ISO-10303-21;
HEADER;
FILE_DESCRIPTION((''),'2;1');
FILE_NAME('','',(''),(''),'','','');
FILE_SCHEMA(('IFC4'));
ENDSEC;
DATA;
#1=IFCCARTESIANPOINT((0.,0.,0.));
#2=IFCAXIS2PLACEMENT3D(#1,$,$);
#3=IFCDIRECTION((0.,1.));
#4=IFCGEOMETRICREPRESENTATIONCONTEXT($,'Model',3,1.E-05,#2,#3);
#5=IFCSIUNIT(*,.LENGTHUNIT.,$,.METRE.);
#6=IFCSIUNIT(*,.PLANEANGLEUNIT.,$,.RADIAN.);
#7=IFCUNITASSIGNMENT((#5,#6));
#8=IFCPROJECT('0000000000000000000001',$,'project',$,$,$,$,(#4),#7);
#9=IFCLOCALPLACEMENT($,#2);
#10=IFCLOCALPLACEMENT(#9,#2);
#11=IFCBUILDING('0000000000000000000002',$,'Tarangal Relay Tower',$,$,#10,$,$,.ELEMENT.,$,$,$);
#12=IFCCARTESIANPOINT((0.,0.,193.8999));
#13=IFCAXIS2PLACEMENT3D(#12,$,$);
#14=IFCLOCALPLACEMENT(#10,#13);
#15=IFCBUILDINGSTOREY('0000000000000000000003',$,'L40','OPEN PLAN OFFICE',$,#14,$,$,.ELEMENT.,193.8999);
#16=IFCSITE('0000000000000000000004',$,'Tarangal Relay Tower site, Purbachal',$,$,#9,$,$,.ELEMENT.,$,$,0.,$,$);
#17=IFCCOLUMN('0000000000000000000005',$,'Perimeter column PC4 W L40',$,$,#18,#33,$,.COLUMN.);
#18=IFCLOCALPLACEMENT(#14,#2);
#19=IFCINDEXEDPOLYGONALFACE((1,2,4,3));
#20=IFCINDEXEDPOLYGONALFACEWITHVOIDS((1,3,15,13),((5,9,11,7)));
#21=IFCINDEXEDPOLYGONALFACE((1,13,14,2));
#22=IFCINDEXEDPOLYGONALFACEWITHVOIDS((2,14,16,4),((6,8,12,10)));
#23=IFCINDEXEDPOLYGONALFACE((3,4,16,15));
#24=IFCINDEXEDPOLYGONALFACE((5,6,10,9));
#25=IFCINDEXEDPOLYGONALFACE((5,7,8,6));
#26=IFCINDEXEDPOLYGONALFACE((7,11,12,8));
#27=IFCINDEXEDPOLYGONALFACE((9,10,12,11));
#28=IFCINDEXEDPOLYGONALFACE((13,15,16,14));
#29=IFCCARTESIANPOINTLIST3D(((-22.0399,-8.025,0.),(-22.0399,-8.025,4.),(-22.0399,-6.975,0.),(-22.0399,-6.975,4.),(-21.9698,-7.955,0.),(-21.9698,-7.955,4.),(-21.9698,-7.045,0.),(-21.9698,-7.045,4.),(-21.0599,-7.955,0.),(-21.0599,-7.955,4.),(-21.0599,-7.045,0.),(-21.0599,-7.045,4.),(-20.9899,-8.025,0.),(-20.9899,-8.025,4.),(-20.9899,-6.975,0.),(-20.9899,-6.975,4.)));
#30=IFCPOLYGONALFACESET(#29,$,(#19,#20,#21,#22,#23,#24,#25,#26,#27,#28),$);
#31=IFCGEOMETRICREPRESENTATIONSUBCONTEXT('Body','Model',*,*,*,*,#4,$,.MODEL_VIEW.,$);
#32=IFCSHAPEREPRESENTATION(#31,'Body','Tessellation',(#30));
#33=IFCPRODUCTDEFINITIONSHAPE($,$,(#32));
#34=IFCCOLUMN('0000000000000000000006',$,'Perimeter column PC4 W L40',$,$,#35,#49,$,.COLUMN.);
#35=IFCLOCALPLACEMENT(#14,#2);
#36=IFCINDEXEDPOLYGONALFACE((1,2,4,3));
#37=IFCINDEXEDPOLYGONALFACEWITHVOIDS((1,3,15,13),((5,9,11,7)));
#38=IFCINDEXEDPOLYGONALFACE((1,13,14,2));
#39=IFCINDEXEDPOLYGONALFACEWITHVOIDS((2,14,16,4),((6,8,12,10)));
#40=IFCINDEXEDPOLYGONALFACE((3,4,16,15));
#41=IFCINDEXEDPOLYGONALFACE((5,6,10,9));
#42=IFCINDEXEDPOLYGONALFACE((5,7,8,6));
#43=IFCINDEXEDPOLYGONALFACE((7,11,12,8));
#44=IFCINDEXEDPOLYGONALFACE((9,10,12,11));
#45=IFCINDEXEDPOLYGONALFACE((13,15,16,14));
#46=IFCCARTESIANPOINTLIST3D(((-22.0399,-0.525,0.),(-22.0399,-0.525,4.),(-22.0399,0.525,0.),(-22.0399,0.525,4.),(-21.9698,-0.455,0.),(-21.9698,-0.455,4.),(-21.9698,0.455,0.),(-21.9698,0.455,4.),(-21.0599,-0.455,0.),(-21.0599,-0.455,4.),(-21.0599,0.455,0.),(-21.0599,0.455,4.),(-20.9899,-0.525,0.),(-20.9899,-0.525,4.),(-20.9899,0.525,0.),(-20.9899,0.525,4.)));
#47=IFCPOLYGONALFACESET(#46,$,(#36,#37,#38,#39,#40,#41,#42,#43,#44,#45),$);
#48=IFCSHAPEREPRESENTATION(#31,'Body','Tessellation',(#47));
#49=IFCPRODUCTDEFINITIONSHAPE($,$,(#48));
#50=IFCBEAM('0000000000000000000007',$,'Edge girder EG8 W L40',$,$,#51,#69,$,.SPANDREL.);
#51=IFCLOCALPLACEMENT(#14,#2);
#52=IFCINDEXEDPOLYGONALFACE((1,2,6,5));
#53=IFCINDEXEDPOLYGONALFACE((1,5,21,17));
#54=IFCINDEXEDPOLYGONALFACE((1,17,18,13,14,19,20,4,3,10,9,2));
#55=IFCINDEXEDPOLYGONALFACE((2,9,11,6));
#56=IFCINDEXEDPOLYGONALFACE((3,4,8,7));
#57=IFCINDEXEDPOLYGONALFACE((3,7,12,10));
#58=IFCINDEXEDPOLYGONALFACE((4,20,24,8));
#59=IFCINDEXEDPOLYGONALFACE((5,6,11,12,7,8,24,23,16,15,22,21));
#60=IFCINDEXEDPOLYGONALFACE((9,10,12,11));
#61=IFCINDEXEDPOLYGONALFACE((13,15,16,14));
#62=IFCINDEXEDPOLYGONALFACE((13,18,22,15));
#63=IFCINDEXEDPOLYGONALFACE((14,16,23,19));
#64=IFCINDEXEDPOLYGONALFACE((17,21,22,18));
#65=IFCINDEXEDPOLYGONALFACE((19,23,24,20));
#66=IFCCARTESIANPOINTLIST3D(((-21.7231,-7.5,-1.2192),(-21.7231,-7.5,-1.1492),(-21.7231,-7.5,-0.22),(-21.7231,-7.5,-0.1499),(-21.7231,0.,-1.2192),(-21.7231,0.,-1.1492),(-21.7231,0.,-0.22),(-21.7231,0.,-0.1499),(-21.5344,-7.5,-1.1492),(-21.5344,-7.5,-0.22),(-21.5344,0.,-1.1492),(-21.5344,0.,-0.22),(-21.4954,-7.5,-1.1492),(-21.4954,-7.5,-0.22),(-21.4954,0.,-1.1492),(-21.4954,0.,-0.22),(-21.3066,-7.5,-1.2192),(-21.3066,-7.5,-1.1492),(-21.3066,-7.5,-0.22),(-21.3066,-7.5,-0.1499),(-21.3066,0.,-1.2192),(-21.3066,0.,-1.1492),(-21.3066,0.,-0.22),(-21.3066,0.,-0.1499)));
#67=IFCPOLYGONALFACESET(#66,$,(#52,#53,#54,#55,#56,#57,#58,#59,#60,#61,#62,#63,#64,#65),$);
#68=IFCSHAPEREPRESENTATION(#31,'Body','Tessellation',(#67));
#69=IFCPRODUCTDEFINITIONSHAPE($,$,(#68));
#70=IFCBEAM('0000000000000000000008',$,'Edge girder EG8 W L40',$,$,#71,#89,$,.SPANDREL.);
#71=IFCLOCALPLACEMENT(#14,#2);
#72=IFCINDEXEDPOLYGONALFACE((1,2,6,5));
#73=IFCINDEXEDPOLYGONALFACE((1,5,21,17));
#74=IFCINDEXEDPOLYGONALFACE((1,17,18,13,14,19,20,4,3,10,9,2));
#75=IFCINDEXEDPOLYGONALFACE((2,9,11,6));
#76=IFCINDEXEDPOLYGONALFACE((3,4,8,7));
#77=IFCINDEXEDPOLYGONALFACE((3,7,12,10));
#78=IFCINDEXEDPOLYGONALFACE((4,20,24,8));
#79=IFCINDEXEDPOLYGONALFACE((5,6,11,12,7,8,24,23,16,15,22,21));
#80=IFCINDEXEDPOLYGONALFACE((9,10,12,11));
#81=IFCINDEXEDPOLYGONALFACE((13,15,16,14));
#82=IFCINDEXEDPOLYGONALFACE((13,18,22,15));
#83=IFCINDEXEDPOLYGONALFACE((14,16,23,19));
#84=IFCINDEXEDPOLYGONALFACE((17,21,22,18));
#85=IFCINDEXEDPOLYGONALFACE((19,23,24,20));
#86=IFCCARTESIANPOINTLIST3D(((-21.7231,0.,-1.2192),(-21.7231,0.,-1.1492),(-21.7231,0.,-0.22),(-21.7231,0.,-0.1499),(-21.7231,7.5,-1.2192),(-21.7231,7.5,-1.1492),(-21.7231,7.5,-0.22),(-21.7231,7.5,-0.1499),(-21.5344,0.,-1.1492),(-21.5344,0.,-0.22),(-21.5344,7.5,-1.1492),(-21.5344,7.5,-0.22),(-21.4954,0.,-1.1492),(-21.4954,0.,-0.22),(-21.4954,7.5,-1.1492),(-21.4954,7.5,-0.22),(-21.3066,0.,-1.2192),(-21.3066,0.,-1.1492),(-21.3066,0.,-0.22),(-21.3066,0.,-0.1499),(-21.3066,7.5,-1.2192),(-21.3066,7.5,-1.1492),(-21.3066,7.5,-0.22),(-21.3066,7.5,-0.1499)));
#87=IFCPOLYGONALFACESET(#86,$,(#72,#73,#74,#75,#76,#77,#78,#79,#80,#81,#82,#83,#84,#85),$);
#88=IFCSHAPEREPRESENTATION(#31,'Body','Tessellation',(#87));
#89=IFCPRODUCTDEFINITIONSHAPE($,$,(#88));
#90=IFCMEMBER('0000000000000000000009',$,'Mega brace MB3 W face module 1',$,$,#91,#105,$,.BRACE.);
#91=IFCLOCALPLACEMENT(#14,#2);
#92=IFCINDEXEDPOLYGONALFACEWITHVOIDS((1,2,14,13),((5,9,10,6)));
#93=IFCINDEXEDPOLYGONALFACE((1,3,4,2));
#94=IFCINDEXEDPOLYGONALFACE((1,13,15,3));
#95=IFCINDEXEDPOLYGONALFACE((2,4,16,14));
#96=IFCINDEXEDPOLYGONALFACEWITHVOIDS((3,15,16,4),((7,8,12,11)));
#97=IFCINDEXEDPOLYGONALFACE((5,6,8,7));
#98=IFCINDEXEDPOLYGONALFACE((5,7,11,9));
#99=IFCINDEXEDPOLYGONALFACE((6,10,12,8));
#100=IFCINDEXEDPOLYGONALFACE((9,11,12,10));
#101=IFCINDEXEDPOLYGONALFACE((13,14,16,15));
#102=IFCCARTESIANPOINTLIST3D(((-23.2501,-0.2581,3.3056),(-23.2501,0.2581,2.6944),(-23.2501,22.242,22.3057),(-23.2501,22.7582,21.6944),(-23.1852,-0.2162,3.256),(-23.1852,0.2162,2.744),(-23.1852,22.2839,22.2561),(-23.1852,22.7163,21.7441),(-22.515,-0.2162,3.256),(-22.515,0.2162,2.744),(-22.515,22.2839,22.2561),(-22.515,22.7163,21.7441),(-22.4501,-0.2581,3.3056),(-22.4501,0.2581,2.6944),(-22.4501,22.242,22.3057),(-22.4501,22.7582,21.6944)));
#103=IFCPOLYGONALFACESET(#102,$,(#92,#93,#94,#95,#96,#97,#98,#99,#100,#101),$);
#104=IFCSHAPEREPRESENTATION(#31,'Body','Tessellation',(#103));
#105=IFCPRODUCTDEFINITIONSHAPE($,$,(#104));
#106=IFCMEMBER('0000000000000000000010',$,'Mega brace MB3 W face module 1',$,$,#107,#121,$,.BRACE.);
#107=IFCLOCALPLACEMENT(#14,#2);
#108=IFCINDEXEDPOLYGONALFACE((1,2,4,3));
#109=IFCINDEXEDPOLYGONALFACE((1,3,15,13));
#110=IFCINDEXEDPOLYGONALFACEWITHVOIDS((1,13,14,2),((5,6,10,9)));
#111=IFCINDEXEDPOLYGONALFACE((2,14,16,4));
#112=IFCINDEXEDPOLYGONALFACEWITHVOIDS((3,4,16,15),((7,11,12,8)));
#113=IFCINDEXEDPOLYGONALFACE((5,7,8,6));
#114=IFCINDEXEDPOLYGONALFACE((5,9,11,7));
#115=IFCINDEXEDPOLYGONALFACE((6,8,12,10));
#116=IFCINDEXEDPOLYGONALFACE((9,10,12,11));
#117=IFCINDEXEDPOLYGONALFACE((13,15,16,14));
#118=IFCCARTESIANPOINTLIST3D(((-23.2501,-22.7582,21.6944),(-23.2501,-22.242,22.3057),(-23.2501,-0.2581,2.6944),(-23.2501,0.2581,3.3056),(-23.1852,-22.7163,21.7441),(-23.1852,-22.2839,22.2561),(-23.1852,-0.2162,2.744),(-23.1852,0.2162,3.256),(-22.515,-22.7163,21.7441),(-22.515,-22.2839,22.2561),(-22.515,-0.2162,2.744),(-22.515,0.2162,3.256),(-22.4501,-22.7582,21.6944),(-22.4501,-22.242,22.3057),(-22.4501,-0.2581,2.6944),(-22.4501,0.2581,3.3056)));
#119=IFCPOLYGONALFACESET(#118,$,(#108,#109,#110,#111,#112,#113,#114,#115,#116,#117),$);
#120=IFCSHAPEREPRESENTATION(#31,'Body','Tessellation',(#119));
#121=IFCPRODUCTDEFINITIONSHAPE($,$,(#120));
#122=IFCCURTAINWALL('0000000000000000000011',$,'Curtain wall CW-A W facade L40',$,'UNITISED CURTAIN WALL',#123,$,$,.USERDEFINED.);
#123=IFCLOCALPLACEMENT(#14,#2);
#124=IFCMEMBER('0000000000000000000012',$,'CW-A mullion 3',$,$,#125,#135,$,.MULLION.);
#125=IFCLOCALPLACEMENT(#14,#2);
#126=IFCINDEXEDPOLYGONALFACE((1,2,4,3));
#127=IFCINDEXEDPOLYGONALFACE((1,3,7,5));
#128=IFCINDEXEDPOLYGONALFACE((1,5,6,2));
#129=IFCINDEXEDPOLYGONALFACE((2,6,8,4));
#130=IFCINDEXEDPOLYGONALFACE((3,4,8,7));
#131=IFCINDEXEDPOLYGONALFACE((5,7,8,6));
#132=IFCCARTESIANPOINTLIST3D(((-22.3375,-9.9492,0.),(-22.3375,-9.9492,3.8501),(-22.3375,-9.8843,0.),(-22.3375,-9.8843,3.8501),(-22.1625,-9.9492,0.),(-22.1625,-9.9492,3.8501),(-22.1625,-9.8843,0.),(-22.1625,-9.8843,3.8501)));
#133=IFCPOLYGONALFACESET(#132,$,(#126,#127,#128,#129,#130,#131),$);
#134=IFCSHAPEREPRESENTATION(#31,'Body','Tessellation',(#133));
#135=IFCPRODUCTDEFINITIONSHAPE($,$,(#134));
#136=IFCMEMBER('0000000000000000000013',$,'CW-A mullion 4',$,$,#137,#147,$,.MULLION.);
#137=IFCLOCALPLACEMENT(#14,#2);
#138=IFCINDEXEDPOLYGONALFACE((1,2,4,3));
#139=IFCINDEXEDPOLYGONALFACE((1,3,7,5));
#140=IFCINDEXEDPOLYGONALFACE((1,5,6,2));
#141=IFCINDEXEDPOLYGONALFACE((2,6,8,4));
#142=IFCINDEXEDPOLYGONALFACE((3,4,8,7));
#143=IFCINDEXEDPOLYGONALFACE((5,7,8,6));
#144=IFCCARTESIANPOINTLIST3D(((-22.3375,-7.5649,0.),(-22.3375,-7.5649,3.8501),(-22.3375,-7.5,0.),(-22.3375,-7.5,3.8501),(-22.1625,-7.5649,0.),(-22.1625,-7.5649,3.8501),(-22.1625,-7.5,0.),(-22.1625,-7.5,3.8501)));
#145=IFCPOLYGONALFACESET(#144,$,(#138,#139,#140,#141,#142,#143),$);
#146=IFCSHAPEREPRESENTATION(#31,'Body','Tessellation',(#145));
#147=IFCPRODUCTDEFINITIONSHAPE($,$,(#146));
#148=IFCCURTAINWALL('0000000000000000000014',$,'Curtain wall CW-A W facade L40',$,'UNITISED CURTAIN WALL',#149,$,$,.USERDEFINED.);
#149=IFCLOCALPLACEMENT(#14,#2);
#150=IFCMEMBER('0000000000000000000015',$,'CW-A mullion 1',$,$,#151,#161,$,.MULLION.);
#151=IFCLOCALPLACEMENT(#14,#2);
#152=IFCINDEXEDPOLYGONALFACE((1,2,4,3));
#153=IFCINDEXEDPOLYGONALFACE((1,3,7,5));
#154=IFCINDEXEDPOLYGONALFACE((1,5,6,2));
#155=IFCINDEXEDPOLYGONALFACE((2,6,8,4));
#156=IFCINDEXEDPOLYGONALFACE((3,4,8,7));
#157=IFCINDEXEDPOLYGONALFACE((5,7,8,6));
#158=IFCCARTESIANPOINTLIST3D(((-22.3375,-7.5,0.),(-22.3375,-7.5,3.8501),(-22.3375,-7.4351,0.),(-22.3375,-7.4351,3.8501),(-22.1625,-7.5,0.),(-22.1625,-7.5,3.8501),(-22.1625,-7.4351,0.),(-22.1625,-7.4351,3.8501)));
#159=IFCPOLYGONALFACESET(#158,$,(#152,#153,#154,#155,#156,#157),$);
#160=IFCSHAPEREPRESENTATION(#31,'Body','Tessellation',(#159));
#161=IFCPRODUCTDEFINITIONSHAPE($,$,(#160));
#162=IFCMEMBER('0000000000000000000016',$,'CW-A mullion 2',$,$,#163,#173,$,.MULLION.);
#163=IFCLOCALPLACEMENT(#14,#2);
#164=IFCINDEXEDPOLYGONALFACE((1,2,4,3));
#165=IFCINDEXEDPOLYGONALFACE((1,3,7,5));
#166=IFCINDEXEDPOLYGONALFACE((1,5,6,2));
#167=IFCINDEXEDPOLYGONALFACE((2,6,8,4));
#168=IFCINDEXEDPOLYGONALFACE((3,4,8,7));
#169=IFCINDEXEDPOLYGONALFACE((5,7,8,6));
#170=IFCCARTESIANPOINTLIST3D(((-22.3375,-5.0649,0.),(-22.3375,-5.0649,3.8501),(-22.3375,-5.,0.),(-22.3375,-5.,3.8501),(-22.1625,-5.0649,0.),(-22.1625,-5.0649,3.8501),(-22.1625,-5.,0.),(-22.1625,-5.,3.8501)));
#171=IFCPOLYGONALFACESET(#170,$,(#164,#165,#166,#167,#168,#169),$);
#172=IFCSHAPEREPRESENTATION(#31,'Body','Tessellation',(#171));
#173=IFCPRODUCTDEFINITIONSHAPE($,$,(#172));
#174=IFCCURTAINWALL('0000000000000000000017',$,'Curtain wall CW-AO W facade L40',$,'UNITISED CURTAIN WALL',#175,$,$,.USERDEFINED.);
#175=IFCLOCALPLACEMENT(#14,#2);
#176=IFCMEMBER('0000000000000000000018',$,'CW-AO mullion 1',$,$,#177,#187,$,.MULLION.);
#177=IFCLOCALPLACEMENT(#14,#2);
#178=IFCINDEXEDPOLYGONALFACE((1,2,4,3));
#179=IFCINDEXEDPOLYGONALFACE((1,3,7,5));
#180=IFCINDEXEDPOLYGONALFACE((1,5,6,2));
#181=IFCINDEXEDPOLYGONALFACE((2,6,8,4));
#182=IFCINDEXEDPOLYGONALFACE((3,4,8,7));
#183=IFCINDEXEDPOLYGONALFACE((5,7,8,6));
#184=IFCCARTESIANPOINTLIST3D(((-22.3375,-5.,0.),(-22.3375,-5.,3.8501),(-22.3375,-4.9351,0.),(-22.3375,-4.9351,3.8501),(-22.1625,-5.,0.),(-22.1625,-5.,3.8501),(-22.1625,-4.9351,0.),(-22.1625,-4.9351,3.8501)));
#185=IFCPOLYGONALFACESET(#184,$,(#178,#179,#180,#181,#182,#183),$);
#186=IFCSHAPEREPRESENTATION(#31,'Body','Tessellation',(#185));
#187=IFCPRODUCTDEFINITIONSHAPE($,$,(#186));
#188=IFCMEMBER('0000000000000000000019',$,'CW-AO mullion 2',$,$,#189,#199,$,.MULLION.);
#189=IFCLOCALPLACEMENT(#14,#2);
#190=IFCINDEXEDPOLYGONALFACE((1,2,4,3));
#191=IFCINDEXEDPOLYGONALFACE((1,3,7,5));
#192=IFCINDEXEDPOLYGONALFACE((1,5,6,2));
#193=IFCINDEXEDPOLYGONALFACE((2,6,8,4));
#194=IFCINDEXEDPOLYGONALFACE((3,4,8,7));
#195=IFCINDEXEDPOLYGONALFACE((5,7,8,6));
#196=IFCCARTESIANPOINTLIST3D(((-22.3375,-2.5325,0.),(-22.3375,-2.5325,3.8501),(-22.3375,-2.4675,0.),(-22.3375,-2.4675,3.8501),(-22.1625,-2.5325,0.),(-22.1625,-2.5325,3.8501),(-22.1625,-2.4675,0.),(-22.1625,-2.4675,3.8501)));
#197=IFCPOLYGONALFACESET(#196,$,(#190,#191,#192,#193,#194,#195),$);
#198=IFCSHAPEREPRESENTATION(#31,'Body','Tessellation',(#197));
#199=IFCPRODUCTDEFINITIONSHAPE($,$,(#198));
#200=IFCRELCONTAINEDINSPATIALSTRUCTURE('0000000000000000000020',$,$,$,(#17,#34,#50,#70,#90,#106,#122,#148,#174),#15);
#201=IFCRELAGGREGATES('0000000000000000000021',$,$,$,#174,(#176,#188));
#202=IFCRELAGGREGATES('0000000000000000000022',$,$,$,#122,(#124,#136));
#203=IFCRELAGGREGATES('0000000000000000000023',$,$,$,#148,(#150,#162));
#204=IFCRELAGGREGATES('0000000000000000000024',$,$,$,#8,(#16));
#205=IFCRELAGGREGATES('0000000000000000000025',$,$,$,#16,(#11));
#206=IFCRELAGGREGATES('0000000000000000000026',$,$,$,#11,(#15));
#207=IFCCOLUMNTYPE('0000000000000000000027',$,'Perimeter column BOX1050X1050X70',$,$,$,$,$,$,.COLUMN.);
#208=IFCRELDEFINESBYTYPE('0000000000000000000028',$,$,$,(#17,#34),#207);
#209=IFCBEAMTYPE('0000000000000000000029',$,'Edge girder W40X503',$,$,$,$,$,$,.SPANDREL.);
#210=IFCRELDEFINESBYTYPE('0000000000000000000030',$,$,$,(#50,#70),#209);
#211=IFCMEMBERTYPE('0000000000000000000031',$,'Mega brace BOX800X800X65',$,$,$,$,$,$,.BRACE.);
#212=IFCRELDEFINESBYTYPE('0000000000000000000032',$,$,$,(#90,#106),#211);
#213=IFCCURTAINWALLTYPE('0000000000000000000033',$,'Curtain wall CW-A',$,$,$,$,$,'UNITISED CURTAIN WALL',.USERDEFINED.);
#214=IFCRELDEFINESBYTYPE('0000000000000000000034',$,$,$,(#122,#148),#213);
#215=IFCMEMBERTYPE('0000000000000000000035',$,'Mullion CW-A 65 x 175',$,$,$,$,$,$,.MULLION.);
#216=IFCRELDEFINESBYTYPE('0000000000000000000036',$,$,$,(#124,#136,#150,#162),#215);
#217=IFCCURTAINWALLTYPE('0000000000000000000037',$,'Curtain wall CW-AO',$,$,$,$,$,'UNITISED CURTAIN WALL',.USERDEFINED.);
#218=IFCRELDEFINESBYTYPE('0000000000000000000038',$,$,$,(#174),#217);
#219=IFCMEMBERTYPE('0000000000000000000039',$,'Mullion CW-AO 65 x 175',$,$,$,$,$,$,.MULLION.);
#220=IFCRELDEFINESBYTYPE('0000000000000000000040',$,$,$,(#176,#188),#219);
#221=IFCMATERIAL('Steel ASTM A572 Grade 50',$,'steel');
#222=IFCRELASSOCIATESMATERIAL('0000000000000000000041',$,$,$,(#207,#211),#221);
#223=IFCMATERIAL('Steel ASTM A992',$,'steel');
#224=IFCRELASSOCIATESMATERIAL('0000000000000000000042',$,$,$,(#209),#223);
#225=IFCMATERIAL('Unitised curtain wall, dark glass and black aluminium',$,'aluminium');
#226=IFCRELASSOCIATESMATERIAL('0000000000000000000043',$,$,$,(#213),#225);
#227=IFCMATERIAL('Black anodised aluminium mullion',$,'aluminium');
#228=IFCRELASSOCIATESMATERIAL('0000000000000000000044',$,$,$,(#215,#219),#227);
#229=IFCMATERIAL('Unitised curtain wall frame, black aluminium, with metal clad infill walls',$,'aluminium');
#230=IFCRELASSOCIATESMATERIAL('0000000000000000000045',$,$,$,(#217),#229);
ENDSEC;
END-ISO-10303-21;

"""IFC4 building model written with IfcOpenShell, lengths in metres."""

from ifc_helpers import new_model, si_unit, direction, frame, origin, origin_2d, place, context, subcontext, project, spatial, rectangle, hollow_rectangle, i_section, extrude, material, material_profile, profile_set, type_object, element, aggregate, save


model = new_model("IFC4")

# Units and contexts
model_context = context("Model", 3, precision=1e-05, world=origin(), true_north=direction((0.0, 1.0)))
body_context = subcontext(model_context, "Body", "Model", "MODEL_VIEW")
ifc_project = project(units=[si_unit("LENGTHUNIT", "METRE"), si_unit("PLANEANGLEUNIT", "RADIAN")], contexts=[model_context])

# Site, building, storey
site_placement = place(None, origin())
site = spatial("IfcSite", under=ifc_project, at=site_placement, Name="Tarangal Relay Tower site, Purbachal", CompositionType="ELEMENT", RefElevation=0.0)
building_placement = place(site_placement, origin())
building = spatial("IfcBuilding", under=site, at=building_placement, Name="Tarangal Relay Tower", CompositionType="ELEMENT")
storey_placement = place(building_placement, frame((0.0, 0.0, 193.8999)))
storey = spatial("IfcBuildingStorey", under=building, at=storey_placement, Name="L40", Description="OPEN PLAN OFFICE", CompositionType="ELEMENT", Elevation=193.8999)

# Columns
ifc_material_1 = material(Name="Steel ASTM A572 Grade 50", Category="steel")
ifc_material_profile_1 = material_profile(ifc_material_1, hollow_rectangle(XDim=1.05, YDim=1.05, WallThickness=0.0701, at=origin_2d()), Name="BOX1050X1050X70")
ifc_profile_set_1 = profile_set([ifc_material_profile_1], Name="Steel ASTM A572 Grade 50")
column_type = type_object("IfcColumnType", Name="Perimeter column BOX1050X1050X70", PredefinedType="COLUMN", material=ifc_profile_set_1)
for number, where, z_axis, x_axis, name in (
    (1, (-21.5149, -7.5, 0.0), (0.0, 0.0, 1.0), (1.0, 0.0, 0.0), "Perimeter column PC4 W L40"),
    (2, (-21.5149, 0.0, 0.0), (0.0, 0.0, 1.0), (1.0, 0.0, 0.0), "Perimeter column PC4 W L40"),
):
    element("IfcColumn", number, at=place(storey_placement, frame(where, z_axis=z_axis, x_axis=x_axis)), inside=storey, type_object=column_type, Name=name, PredefinedType="COLUMN", context=body_context, shape_type="SweptSolid", body=[
        extrude(hollow_rectangle(XDim=1.05, YDim=1.05, WallThickness=0.0701, at=origin_2d()), origin(), (0.0, 0.0, 1.0), 4.0),
    ])

# Beams
ifc_material_2 = material(Name="Steel ASTM A992", Category="steel")
ifc_material_profile_2 = material_profile(ifc_material_2, i_section(OverallWidth=0.4165, OverallDepth=1.0693, WebThickness=0.0391, FlangeThickness=0.0701, at=origin_2d()), Name="W40X503")
ifc_profile_set_2 = profile_set([ifc_material_profile_2], Name="Steel ASTM A992")
beam_type = type_object("IfcBeamType", Name="Edge girder W40X503", PredefinedType="SPANDREL", material=ifc_profile_set_2)
for number, where, z_axis, x_axis, name in (
    (3, (-21.5149, -7.5, -0.6846), (0.0, 1.0, 0.0), (-1.0, 0.0, 0.0), "Edge girder EG8 W L40"),
    (4, (-21.5149, 0.0, -0.6846), (0.0, 1.0, 0.0), (-1.0, 0.0, 0.0), "Edge girder EG8 W L40"),
):
    element("IfcBeam", number, at=place(storey_placement, frame(where, z_axis=z_axis, x_axis=x_axis)), inside=storey, type_object=beam_type, Name=name, PredefinedType="SPANDREL", context=body_context, shape_type="SweptSolid", body=[
        extrude(i_section(OverallWidth=0.4165, OverallDepth=1.0693, WebThickness=0.0391, FlangeThickness=0.0701, at=origin_2d()), origin(), (0.0, 0.0, 1.0), 7.5),
    ])

# Members
ifc_material_profile_3 = material_profile(ifc_material_1, hollow_rectangle(XDim=0.8, YDim=0.8, WallThickness=0.0649, at=origin_2d()), Name="BOX800X800X65")
ifc_profile_set_3 = profile_set([ifc_material_profile_3], Name="Steel ASTM A572 Grade 50")
member_type_1 = type_object("IfcMemberType", Name="Mega brace BOX800X800X65", PredefinedType="BRACE", material=ifc_profile_set_3)
for number, where, z_axis, x_axis, name in (
    (5, (-22.8501, 0.0, 3.0), (0.0, 0.76403, 0.645181), (-1.0, 0.0, 0.0), "Mega brace MB3 W face module 1"),
    (6, (-22.8501, 0.0, 3.0), (0.0, -0.76403, 0.645181), (1.0, 0.0, 0.0), "Mega brace MB3 W face module 1"),
):
    element("IfcMember", number, at=place(storey_placement, frame(where, z_axis=z_axis, x_axis=x_axis)), inside=storey, type_object=member_type_1, Name=name, PredefinedType="BRACE", context=body_context, shape_type="SweptSolid", body=[
        extrude(hollow_rectangle(XDim=0.8, YDim=0.8, WallThickness=0.0649, at=origin_2d()), origin(), (0.0, 0.0, 1.0), 29.4492),
    ])

# Curtain walls, members
ifc_material_3 = material(Name="Unitised curtain wall, dark glass and black aluminium", Category="aluminium")
curtain_wall_type_1 = type_object("IfcCurtainWallType", Name="Curtain wall CW-A", ElementType="UNITISED CURTAIN WALL", PredefinedType="USERDEFINED", material=ifc_material_3)
curtain_wall_1_placement = place(storey_placement, origin())
curtain_wall_1 = element("IfcCurtainWall", 7, at=curtain_wall_1_placement, inside=storey, type_object=curtain_wall_type_1, Name="Curtain wall CW-A W facade L40", ObjectType="UNITISED CURTAIN WALL", PredefinedType="USERDEFINED")
ifc_material_4 = material(Name="Black anodised aluminium mullion", Category="aluminium")
ifc_material_profile_4 = material_profile(ifc_material_4, rectangle(XDim=0.175, YDim=0.0649, at=origin_2d()), Name="CW-AM 65X175")
ifc_profile_set_4 = profile_set([ifc_material_profile_4], Name="Black anodised aluminium mullion")
member_type_2 = type_object("IfcMemberType", Name="Mullion CW-A 65 x 175", PredefinedType="MULLION", material=ifc_profile_set_4)
member_1_placement = place(storey_placement, frame((-22.25, -9.9167, 0.0), z_axis=(0.0, 0.0, 1.0), x_axis=(-1.0, 0.0, 0.0)))
member_1 = element("IfcMember", 8, at=member_1_placement, type_object=member_type_2, Name="CW-A mullion 3", PredefinedType="MULLION", context=body_context, shape_type="SweptSolid", body=[
    extrude(rectangle(XDim=0.175, YDim=0.0649, at=origin_2d()), origin(), (0.0, 0.0, 1.0), 3.8501),
])
member_2_placement = place(storey_placement, frame((-22.25, -7.5325, 0.0), z_axis=(0.0, 0.0, 1.0), x_axis=(-1.0, 0.0, 0.0)))
member_2 = element("IfcMember", 9, at=member_2_placement, type_object=member_type_2, Name="CW-A mullion 4", PredefinedType="MULLION", context=body_context, shape_type="SweptSolid", body=[
    extrude(rectangle(XDim=0.175, YDim=0.0649, at=origin_2d()), origin(), (0.0, 0.0, 1.0), 3.8501),
])
curtain_wall_2_placement = place(storey_placement, origin())
curtain_wall_2 = element("IfcCurtainWall", 10, at=curtain_wall_2_placement, inside=storey, type_object=curtain_wall_type_1, Name="Curtain wall CW-A W facade L40", ObjectType="UNITISED CURTAIN WALL", PredefinedType="USERDEFINED")
member_3_placement = place(storey_placement, frame((-22.25, -7.4675, 0.0), z_axis=(0.0, 0.0, 1.0), x_axis=(-1.0, 0.0, 0.0)))
member_3 = element("IfcMember", 11, at=member_3_placement, type_object=member_type_2, Name="CW-A mullion 1", PredefinedType="MULLION", context=body_context, shape_type="SweptSolid", body=[
    extrude(rectangle(XDim=0.175, YDim=0.0649, at=origin_2d()), origin(), (0.0, 0.0, 1.0), 3.8501),
])
member_4_placement = place(storey_placement, frame((-22.25, -5.0325, 0.0), z_axis=(0.0, 0.0, 1.0), x_axis=(-1.0, 0.0, 0.0)))
member_4 = element("IfcMember", 12, at=member_4_placement, type_object=member_type_2, Name="CW-A mullion 2", PredefinedType="MULLION", context=body_context, shape_type="SweptSolid", body=[
    extrude(rectangle(XDim=0.175, YDim=0.0649, at=origin_2d()), origin(), (0.0, 0.0, 1.0), 3.8501),
])
ifc_material_5 = material(Name="Unitised curtain wall frame, black aluminium, with metal clad infill walls", Category="aluminium")
curtain_wall_type_2 = type_object("IfcCurtainWallType", Name="Curtain wall CW-AO", ElementType="UNITISED CURTAIN WALL", PredefinedType="USERDEFINED", material=ifc_material_5)
curtain_wall_3_placement = place(storey_placement, origin())
curtain_wall_3 = element("IfcCurtainWall", 13, at=curtain_wall_3_placement, inside=storey, type_object=curtain_wall_type_2, Name="Curtain wall CW-AO W facade L40", ObjectType="UNITISED CURTAIN WALL", PredefinedType="USERDEFINED")
ifc_material_profile_5 = material_profile(ifc_material_4, rectangle(XDim=0.175, YDim=0.0649, at=origin_2d()), Name="CW-AOM 65X175")
ifc_profile_set_5 = profile_set([ifc_material_profile_5], Name="Black anodised aluminium mullion")
member_type_3 = type_object("IfcMemberType", Name="Mullion CW-AO 65 x 175", PredefinedType="MULLION", material=ifc_profile_set_5)
member_5_placement = place(storey_placement, frame((-22.25, -4.9675, 0.0), z_axis=(0.0, 0.0, 1.0), x_axis=(-1.0, 0.0, 0.0)))
member_5 = element("IfcMember", 14, at=member_5_placement, type_object=member_type_3, Name="CW-AO mullion 1", PredefinedType="MULLION", context=body_context, shape_type="SweptSolid", body=[
    extrude(rectangle(XDim=0.175, YDim=0.0649, at=origin_2d()), origin(), (0.0, 0.0, 1.0), 3.8501),
])
member_6_placement = place(storey_placement, frame((-22.25, -2.5, 0.0), z_axis=(0.0, 0.0, 1.0), x_axis=(-1.0, 0.0, 0.0)))
member_6 = element("IfcMember", 15, at=member_6_placement, type_object=member_type_3, Name="CW-AO mullion 2", PredefinedType="MULLION", context=body_context, shape_type="SweptSolid", body=[
    extrude(rectangle(XDim=0.175, YDim=0.0649, at=origin_2d()), origin(), (0.0, 0.0, 1.0), 3.8501),
])

aggregate(curtain_wall_3, [member_5, member_6])

aggregate(curtain_wall_1, [member_1, member_2])
aggregate(curtain_wall_2, [member_3, member_4])

save(model, "model.ifc")
